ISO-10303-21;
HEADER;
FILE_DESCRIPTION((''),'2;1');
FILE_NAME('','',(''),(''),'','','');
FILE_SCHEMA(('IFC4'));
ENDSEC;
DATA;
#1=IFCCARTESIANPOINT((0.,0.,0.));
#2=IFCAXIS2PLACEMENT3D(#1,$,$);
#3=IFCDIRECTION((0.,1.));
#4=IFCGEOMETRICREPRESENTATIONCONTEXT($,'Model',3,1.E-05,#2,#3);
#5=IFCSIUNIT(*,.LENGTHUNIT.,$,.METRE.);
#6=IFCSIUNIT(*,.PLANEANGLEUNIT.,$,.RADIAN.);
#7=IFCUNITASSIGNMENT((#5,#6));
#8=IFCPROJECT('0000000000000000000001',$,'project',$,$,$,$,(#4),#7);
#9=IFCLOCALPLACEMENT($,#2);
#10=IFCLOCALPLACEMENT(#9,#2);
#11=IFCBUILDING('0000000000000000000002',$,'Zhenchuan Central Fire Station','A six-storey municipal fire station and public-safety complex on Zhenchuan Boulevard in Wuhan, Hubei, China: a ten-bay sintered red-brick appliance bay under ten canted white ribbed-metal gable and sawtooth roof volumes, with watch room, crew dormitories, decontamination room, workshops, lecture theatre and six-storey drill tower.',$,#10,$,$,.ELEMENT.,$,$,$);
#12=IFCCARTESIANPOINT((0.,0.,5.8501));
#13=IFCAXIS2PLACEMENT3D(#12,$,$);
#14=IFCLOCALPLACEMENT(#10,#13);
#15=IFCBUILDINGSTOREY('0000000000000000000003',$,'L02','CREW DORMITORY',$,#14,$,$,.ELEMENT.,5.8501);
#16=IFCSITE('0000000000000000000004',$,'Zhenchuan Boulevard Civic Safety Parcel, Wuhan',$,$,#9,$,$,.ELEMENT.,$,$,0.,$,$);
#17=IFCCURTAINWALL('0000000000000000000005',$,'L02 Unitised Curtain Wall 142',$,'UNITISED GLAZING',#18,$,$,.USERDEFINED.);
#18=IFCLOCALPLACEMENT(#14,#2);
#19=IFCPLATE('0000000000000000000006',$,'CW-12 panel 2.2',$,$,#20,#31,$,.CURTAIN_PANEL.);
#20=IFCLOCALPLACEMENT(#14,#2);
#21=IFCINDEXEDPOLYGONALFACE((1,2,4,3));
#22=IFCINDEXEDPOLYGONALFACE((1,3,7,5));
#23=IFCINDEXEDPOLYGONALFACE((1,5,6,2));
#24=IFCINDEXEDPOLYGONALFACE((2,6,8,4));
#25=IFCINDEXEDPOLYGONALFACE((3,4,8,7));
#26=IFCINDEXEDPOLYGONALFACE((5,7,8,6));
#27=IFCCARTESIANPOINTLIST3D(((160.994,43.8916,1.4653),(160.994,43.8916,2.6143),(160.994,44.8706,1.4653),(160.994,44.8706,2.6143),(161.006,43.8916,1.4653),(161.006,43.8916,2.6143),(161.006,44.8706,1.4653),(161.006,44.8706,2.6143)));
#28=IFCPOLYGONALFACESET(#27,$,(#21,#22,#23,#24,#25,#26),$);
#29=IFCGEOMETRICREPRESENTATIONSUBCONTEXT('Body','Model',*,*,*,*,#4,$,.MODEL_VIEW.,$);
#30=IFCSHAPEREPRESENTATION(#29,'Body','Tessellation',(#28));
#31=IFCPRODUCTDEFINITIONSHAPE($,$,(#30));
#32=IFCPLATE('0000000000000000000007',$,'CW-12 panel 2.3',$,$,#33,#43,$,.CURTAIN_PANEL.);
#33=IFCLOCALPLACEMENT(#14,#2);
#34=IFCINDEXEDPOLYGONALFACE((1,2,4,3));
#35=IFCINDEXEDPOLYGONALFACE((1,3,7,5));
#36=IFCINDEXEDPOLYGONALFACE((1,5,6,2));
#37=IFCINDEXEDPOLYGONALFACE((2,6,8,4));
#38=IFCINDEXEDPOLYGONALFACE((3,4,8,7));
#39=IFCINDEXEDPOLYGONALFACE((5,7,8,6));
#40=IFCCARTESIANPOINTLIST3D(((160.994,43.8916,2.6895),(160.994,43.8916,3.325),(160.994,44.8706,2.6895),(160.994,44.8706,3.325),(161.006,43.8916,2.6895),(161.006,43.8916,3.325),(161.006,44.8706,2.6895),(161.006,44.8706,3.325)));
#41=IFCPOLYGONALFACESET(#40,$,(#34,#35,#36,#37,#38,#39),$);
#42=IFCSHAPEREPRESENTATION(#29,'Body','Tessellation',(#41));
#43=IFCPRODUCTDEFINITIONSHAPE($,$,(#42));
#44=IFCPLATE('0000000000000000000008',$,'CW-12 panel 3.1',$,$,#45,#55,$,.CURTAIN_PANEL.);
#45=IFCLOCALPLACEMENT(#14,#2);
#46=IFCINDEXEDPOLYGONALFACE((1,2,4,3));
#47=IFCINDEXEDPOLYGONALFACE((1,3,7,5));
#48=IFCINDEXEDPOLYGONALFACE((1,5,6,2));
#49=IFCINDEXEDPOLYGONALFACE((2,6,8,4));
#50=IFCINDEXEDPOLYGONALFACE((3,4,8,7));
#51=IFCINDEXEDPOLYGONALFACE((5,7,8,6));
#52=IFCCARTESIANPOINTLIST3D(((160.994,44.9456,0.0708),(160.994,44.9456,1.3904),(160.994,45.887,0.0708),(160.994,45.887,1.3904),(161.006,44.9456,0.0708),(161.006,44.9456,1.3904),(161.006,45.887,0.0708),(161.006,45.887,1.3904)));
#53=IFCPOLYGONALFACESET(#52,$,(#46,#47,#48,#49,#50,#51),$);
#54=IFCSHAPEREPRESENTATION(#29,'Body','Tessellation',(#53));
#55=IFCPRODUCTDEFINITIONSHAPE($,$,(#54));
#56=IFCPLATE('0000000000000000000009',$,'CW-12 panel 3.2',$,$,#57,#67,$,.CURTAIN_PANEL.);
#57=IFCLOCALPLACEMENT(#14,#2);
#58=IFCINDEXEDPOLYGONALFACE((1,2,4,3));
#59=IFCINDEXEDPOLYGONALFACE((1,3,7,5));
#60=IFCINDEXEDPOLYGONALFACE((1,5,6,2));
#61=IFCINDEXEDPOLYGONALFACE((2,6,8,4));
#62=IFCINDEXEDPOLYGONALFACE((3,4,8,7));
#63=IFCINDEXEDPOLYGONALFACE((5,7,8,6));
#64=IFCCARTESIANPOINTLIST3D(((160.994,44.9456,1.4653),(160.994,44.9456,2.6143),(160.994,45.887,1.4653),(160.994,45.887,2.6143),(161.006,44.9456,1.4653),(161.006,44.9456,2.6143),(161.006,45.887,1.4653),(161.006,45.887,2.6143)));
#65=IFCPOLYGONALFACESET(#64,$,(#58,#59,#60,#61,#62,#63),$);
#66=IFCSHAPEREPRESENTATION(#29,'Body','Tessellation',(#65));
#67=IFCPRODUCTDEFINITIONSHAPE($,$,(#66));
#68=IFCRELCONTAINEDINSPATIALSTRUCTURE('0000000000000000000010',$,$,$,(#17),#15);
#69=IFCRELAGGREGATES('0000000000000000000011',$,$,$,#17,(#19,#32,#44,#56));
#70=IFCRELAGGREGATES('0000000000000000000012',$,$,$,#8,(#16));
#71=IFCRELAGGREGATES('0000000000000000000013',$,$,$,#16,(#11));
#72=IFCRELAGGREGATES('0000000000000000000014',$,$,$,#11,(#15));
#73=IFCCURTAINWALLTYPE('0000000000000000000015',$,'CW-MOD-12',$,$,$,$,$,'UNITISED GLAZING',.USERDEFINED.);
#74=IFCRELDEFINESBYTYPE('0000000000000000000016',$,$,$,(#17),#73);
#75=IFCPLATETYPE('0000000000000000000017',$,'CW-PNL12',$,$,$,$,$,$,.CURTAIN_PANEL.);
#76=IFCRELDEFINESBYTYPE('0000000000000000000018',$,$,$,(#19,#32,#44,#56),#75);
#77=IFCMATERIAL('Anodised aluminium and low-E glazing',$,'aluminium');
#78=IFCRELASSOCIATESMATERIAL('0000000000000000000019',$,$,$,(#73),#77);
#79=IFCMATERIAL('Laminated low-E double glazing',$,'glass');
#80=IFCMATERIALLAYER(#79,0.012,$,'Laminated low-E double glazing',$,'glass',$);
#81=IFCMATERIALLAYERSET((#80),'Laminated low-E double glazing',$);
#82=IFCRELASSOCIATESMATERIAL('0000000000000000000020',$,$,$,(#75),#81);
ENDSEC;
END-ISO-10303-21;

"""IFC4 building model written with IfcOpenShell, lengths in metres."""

from ifc_helpers import new_model, si_unit, direction, frame, origin, origin_2d, place, context, subcontext, project, spatial, rectangle, extrude, material, layer, layer_set, type_object, element, aggregate, save


model = new_model("IFC4")

# Units and contexts
model_context = context("Model", 3, precision=1e-05, world=origin(), true_north=direction((0.0, 1.0)))
body_context = subcontext(model_context, "Body", "Model", "MODEL_VIEW")
ifc_project = project(units=[si_unit("LENGTHUNIT", "METRE"), si_unit("PLANEANGLEUNIT", "RADIAN")], contexts=[model_context])

# Site, building, storey
site_placement = place(None, origin())
site = spatial("IfcSite", under=ifc_project, at=site_placement, Name="Zhenchuan Boulevard Civic Safety Parcel, Wuhan", CompositionType="ELEMENT", RefElevation=0.0)
building_placement = place(site_placement, origin())
building = spatial("IfcBuilding", under=site, at=building_placement, Name="Zhenchuan Central Fire Station", Description="A six-storey municipal fire station and public-safety complex on Zhenchuan Boulevard in Wuhan, Hubei, China: a ten-bay sintered red-brick appliance bay under ten canted white ribbed-metal gable and sawtooth roof volumes, with watch room, crew dormitories, decontamination room, workshops, lecture theatre and six-storey drill tower.", CompositionType="ELEMENT")
storey_placement = place(building_placement, frame((0.0, 0.0, 5.8501)))
storey = spatial("IfcBuildingStorey", under=building, at=storey_placement, Name="L02", Description="CREW DORMITORY", CompositionType="ELEMENT", Elevation=5.8501)

# Curtain wall
ifc_material_1 = material(Name="Anodised aluminium and low-E glazing", Category="aluminium")
curtain_wall_type_1 = type_object("IfcCurtainWallType", Name="CW-MOD-12", ElementType="UNITISED GLAZING", PredefinedType="USERDEFINED", material=ifc_material_1)
curtain_wall_1_placement = place(storey_placement, origin())
curtain_wall_1 = element("IfcCurtainWall", 1, at=curtain_wall_1_placement, inside=storey, type_object=curtain_wall_type_1, Name="L02 Unitised Curtain Wall 142", ObjectType="UNITISED GLAZING", PredefinedType="USERDEFINED")

# Plates
ifc_material_2 = material(Name="Laminated low-E double glazing", Category="glass")
ifc_layer = layer(ifc_material_2, 0.012, Name="Laminated low-E double glazing", Category="glass")
ifc_layer_set = layer_set([ifc_layer], Name="Laminated low-E double glazing")
plate_type = type_object("IfcPlateType", Name="CW-PNL12", PredefinedType="CURTAIN_PANEL", material=ifc_layer_set)
plate_1_placement = place(storey_placement, frame((161.0, 44.3811, 1.4653), z_axis=(0.0, 0.0, 1.0), x_axis=(0.0, 1.0, 0.0)))
plate_1 = element("IfcPlate", 2, at=plate_1_placement, type_object=plate_type, Name="CW-12 panel 2.2", PredefinedType="CURTAIN_PANEL", context=body_context, shape_type="SweptSolid", body=[
    extrude(rectangle(XDim=0.979, YDim=0.012, at=origin_2d()), origin(), (0.0, 0.0, 1.0), 1.1489),
])
plate_2_placement = place(storey_placement, frame((161.0, 44.3811, 2.6895), z_axis=(0.0, 0.0, 1.0), x_axis=(0.0, 1.0, 0.0)))
plate_2 = element("IfcPlate", 3, at=plate_2_placement, type_object=plate_type, Name="CW-12 panel 2.3", PredefinedType="CURTAIN_PANEL", context=body_context, shape_type="SweptSolid", body=[
    extrude(rectangle(XDim=0.979, YDim=0.012, at=origin_2d()), origin(), (0.0, 0.0, 1.0), 0.6355),
])
plate_3_placement = place(storey_placement, frame((161.0, 45.4163, 0.0708), z_axis=(0.0, 0.0, 1.0), x_axis=(0.0, 1.0, 0.0)))
plate_3 = element("IfcPlate", 4, at=plate_3_placement, type_object=plate_type, Name="CW-12 panel 3.1", PredefinedType="CURTAIN_PANEL", context=body_context, shape_type="SweptSolid", body=[
    extrude(rectangle(XDim=0.9414, YDim=0.012, at=origin_2d()), origin(), (0.0, 0.0, 1.0), 1.3196),
])
plate_4_placement = place(storey_placement, frame((161.0, 45.4163, 1.4653), z_axis=(0.0, 0.0, 1.0), x_axis=(0.0, 1.0, 0.0)))
plate_4 = element("IfcPlate", 5, at=plate_4_placement, type_object=plate_type, Name="CW-12 panel 3.2", PredefinedType="CURTAIN_PANEL", context=body_context, shape_type="SweptSolid", body=[
    extrude(rectangle(XDim=0.9414, YDim=0.012, at=origin_2d()), origin(), (0.0, 0.0, 1.0), 1.1489),
])
aggregate(curtain_wall_1, [plate_1, plate_2, plate_3, plate_4])

save(model, "model.ifc")
